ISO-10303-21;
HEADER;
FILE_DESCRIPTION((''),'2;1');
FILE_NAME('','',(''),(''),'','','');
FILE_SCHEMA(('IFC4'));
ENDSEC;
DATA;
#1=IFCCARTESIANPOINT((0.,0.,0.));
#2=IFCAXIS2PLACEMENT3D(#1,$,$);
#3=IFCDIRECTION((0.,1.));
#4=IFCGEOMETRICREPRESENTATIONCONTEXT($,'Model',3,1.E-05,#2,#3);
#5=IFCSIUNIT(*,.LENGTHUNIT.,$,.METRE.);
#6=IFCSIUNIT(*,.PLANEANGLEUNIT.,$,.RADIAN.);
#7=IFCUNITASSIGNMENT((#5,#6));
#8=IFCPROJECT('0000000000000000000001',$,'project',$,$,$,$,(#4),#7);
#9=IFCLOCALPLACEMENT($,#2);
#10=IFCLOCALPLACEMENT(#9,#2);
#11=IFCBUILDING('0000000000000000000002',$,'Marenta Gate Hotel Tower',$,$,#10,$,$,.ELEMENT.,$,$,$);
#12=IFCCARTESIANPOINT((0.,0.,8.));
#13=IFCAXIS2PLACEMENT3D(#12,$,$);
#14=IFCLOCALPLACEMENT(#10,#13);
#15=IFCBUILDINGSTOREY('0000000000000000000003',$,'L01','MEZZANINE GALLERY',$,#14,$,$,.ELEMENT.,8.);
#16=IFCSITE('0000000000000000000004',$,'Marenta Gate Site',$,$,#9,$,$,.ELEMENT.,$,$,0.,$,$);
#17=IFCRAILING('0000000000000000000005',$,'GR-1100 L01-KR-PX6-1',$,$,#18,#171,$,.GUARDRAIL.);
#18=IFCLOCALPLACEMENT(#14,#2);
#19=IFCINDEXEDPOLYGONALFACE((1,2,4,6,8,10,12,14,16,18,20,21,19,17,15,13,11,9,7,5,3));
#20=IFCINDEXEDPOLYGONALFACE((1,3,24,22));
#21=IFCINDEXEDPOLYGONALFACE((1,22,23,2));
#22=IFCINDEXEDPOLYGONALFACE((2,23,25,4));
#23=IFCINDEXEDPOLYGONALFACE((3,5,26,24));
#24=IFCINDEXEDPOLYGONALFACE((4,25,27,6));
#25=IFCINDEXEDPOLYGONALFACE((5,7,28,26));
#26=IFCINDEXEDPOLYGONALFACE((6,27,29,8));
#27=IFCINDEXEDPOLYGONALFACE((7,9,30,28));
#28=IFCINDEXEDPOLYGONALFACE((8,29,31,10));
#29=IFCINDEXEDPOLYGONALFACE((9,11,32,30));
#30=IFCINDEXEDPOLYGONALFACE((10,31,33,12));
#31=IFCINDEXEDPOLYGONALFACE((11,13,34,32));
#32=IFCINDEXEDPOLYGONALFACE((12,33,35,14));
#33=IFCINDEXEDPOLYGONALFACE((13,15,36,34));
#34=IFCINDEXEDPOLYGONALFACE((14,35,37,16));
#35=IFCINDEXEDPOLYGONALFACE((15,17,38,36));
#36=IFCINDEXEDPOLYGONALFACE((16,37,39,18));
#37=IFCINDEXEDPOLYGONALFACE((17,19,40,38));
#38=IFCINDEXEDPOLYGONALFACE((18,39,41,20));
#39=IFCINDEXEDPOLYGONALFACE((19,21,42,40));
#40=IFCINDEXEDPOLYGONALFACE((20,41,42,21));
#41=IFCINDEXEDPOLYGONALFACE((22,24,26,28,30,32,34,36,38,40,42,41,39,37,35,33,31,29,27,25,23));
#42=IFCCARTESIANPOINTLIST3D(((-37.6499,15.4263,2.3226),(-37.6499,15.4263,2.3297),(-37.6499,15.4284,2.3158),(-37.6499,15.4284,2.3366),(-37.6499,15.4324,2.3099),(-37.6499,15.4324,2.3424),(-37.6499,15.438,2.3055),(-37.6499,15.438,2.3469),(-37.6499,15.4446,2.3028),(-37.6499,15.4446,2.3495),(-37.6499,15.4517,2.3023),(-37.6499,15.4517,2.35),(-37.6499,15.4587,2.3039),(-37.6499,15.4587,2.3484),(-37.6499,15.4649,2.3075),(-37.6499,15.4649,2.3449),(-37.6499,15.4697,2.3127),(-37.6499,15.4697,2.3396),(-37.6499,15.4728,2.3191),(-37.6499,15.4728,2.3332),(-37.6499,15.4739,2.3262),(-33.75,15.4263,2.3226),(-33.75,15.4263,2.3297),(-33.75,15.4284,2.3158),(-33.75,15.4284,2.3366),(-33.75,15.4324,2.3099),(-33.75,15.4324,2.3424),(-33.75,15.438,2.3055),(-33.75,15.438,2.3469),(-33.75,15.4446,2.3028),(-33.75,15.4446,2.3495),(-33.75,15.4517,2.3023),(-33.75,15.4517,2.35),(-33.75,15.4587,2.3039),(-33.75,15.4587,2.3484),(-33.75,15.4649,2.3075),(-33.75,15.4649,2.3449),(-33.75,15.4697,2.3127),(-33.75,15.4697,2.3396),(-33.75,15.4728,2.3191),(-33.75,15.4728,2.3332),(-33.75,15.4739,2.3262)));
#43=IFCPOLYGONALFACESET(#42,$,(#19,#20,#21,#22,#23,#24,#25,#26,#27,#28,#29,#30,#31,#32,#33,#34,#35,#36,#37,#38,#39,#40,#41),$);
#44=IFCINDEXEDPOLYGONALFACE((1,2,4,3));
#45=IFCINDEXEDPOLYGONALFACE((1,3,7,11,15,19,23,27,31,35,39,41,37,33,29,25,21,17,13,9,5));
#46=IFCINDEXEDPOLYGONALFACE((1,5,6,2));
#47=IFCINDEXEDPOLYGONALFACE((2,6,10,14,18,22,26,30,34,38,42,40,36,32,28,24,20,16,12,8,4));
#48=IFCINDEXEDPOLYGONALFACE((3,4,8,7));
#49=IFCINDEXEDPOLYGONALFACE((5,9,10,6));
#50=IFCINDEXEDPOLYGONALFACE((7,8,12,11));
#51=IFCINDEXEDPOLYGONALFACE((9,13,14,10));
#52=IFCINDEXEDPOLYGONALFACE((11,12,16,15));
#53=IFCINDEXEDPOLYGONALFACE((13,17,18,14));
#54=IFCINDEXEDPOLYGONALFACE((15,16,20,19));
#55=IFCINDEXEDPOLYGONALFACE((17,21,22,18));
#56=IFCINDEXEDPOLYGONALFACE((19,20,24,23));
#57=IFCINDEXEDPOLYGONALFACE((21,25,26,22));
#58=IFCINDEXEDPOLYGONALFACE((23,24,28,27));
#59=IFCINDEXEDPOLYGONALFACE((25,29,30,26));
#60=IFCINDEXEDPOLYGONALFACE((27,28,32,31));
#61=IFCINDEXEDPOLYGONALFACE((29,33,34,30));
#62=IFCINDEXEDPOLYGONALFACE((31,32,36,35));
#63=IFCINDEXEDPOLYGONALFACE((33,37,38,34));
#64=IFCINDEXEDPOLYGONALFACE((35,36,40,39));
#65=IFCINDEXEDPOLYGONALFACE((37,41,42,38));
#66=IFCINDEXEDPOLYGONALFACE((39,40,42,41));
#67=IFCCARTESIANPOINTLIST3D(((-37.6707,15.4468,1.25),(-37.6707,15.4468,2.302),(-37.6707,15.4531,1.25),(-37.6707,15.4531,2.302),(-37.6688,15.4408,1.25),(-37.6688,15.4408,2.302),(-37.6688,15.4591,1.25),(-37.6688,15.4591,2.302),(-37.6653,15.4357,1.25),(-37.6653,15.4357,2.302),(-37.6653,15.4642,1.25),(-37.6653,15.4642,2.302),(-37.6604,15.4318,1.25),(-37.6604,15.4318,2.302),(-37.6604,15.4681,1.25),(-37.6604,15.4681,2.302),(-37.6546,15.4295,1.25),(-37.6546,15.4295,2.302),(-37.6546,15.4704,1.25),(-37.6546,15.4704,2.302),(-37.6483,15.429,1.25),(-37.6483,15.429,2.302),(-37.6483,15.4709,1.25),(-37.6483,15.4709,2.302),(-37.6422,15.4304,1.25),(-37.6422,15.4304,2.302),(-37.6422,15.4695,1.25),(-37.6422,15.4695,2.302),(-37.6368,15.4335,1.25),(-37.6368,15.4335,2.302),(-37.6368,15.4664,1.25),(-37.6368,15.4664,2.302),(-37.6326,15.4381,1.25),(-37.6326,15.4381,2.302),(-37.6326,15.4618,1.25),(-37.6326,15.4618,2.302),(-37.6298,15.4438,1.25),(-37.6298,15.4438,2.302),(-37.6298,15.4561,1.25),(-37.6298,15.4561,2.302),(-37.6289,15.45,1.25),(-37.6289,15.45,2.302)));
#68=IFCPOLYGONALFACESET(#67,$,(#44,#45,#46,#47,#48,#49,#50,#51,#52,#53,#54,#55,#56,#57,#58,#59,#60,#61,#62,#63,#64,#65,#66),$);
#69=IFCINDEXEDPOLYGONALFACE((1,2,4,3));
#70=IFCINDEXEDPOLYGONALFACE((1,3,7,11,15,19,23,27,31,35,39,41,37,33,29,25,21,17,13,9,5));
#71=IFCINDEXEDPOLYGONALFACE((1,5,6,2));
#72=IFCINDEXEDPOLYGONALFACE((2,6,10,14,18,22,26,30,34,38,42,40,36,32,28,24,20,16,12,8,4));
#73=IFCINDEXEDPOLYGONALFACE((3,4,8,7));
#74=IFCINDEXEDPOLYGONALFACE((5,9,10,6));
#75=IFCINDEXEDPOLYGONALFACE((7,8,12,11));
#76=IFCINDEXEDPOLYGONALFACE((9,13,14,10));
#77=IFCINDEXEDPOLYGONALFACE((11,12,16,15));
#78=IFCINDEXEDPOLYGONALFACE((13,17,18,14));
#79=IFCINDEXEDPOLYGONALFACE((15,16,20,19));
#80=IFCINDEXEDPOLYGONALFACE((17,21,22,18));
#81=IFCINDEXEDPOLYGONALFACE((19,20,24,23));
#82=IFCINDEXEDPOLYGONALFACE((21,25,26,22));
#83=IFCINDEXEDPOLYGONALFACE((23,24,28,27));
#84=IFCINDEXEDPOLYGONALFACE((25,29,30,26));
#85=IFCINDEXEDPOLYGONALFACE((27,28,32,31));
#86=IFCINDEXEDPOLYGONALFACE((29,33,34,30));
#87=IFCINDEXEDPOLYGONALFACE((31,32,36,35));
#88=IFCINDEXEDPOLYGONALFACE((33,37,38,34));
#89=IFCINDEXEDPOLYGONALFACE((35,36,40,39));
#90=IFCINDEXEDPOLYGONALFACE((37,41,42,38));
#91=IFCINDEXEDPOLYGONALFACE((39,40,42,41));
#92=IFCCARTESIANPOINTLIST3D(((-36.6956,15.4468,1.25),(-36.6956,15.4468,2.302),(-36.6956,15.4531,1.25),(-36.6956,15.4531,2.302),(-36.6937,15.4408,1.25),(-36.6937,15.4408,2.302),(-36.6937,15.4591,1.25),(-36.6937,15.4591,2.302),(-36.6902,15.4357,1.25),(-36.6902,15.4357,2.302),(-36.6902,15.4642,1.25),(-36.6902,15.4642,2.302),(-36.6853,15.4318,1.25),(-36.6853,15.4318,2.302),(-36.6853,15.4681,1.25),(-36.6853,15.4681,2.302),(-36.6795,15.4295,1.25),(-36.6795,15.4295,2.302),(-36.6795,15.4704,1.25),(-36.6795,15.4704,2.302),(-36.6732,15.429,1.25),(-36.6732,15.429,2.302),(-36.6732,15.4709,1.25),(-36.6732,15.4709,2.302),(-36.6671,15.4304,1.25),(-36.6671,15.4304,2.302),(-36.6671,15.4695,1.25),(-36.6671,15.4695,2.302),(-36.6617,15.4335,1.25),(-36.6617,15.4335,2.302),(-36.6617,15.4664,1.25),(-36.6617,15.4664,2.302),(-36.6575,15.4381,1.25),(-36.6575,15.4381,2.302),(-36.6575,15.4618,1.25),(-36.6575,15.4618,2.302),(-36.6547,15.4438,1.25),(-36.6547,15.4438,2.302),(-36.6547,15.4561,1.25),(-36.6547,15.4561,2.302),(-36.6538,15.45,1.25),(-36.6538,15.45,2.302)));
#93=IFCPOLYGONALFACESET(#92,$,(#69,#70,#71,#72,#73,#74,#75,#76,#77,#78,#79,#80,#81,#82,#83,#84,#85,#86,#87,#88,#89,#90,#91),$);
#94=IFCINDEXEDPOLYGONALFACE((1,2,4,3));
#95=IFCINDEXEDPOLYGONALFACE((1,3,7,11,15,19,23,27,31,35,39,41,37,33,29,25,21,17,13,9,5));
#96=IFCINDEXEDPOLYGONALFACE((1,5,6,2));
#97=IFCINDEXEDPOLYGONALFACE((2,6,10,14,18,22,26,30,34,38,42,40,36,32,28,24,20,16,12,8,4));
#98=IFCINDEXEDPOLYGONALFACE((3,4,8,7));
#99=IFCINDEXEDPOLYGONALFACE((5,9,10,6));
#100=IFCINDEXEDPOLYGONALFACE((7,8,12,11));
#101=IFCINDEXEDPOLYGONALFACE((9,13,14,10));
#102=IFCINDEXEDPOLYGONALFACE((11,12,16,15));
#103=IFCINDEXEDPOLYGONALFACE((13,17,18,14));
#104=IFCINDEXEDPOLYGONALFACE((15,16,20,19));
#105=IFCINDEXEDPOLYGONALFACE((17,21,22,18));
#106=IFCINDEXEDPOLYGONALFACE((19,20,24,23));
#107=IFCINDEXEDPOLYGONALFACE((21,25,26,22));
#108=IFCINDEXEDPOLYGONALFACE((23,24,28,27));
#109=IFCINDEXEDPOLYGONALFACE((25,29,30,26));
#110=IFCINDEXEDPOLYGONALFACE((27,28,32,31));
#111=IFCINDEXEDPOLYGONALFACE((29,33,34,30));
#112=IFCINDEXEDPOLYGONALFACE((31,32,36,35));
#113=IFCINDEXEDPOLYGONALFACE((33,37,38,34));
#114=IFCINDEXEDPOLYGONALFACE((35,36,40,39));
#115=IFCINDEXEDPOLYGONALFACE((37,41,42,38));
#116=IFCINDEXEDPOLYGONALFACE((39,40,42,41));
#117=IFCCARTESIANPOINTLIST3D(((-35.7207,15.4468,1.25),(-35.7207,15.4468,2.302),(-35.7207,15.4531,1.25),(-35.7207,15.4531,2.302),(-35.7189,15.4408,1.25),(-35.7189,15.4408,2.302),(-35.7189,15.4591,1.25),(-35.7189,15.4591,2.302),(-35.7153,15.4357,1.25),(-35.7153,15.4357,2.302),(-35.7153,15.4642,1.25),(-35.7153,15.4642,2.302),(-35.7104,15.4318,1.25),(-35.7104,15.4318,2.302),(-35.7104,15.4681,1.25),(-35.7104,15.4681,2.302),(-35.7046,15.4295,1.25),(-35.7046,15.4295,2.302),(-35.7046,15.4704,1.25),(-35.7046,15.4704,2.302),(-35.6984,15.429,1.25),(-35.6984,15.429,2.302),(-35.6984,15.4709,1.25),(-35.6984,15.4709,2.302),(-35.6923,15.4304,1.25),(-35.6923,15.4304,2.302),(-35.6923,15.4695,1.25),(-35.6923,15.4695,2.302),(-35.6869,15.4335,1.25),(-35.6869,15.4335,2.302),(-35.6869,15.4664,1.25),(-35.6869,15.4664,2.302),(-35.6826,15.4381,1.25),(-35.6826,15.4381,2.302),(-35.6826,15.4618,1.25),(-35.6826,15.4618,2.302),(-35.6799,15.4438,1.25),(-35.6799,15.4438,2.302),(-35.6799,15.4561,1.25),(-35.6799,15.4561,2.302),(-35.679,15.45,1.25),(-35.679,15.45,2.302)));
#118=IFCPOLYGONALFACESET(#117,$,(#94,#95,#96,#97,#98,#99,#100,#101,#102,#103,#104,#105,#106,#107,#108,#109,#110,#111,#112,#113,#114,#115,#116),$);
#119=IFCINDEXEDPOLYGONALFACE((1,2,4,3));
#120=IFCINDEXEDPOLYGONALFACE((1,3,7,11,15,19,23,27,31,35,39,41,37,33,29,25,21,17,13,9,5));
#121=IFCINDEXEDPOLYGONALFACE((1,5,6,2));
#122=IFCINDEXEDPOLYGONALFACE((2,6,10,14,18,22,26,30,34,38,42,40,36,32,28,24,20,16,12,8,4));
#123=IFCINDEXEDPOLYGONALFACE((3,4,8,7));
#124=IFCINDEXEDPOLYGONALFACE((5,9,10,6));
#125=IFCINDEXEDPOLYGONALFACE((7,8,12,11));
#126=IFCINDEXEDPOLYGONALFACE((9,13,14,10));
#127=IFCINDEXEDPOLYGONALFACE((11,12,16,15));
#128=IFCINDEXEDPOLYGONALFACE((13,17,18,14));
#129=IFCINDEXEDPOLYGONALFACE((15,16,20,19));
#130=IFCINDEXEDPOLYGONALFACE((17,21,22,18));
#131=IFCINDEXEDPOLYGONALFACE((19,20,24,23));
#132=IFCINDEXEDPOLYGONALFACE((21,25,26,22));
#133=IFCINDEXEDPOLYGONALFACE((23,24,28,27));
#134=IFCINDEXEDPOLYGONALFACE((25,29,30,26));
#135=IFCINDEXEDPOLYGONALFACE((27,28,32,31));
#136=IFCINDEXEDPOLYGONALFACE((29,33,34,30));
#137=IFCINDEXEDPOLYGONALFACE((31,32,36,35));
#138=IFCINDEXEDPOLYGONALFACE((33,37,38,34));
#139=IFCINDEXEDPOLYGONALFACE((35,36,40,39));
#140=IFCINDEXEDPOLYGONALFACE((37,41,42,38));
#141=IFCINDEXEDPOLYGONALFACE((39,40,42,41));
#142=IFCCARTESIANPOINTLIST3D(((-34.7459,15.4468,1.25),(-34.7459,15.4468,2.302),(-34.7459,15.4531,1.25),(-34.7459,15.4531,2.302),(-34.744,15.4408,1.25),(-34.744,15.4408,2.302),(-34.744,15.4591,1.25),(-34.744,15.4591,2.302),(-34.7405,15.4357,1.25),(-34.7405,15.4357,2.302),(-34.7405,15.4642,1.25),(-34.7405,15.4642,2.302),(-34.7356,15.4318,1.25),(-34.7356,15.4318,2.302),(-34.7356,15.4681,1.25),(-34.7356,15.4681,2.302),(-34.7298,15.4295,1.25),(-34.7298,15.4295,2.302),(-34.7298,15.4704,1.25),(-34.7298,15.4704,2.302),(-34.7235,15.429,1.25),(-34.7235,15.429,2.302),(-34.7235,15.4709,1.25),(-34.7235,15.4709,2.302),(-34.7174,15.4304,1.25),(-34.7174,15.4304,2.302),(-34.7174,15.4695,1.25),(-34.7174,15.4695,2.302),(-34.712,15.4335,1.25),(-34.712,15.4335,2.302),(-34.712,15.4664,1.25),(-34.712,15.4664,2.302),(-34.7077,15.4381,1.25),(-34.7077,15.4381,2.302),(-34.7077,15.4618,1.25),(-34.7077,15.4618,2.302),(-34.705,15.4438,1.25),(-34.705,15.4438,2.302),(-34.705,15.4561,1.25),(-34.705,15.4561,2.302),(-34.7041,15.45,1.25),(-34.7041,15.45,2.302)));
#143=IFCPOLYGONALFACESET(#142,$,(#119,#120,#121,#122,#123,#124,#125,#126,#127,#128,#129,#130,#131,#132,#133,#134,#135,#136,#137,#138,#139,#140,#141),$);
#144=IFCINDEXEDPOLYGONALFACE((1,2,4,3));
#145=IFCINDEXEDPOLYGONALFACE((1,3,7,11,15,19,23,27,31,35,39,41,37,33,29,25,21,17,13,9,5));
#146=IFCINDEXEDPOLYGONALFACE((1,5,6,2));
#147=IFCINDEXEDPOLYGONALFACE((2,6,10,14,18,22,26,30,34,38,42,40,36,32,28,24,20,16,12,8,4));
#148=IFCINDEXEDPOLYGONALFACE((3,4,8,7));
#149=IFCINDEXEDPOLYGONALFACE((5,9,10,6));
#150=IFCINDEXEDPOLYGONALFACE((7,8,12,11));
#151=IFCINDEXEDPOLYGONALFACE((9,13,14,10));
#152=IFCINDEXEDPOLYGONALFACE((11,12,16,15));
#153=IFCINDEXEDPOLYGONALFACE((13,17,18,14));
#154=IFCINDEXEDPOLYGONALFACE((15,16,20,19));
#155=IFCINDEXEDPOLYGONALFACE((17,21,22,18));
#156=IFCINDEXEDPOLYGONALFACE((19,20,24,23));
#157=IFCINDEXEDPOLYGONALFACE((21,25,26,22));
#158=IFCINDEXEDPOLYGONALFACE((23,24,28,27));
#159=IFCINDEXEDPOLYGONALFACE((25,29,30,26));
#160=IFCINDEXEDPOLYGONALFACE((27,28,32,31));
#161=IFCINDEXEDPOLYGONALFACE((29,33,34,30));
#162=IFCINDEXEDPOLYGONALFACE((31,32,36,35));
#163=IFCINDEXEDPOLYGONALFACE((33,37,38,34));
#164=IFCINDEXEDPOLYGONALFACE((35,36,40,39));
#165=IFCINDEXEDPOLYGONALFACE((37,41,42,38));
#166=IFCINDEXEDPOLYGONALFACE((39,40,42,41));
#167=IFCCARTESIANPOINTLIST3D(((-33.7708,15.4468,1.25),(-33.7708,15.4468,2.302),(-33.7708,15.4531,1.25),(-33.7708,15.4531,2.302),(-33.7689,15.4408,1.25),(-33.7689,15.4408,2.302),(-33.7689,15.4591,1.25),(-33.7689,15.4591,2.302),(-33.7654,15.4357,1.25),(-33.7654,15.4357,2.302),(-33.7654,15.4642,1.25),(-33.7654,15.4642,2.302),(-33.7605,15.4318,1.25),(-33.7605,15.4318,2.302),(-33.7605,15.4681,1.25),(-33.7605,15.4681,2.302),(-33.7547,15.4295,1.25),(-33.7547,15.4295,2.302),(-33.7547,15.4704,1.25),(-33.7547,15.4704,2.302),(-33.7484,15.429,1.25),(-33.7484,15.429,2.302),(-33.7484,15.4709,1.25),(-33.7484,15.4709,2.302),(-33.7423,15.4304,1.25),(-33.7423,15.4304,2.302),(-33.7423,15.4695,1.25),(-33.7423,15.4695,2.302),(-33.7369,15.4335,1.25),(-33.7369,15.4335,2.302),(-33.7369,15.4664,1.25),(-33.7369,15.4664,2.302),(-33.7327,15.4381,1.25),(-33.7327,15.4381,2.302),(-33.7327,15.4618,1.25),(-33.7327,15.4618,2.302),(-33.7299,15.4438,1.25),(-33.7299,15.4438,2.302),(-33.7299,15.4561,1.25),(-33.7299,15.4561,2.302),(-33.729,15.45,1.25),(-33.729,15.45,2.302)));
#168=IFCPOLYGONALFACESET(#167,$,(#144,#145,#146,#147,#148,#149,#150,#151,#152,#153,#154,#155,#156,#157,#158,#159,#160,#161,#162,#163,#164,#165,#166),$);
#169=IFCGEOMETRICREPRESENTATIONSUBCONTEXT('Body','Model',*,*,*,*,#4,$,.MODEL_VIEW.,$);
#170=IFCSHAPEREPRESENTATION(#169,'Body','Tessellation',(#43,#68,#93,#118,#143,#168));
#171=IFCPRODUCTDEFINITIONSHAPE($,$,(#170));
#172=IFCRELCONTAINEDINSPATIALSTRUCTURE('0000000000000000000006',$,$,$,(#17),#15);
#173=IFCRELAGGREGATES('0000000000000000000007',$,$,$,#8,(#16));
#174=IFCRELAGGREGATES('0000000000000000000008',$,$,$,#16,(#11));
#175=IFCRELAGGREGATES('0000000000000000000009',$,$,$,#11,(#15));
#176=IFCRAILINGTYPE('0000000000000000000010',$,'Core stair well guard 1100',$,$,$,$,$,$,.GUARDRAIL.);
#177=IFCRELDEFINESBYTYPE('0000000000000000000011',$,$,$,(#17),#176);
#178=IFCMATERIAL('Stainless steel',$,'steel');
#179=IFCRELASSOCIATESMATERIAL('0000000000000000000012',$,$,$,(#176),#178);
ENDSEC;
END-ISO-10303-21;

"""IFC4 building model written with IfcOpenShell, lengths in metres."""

from ifc_helpers import new_model, si_unit, direction, frame, origin, origin_2d, place, context, subcontext, project, spatial, circle, extrude, material, type_object, element, save


model = new_model("IFC4")

# Units and contexts
model_context = context("Model", 3, precision=1e-05, world=origin(), true_north=direction((0.0, 1.0)))
body_context = subcontext(model_context, "Body", "Model", "MODEL_VIEW")
ifc_project = project(units=[si_unit("LENGTHUNIT", "METRE"), si_unit("PLANEANGLEUNIT", "RADIAN")], contexts=[model_context])

# Site, building, storey
site_placement = place(None, origin())
site = spatial("IfcSite", under=ifc_project, at=site_placement, Name="Marenta Gate Site", CompositionType="ELEMENT", RefElevation=0.0)
building_placement = place(site_placement, origin())
building = spatial("IfcBuilding", under=site, at=building_placement, Name="Marenta Gate Hotel Tower", CompositionType="ELEMENT")
storey_placement = place(building_placement, frame((0.0, 0.0, 8.0)))
storey = spatial("IfcBuildingStorey", under=building, at=storey_placement, Name="L01", Description="MEZZANINE GALLERY", CompositionType="ELEMENT", Elevation=8.0)

# Railing
ifc_material_1 = material(Name="Stainless steel", Category="steel")
railing_type_1 = type_object("IfcRailingType", Name="Core stair well guard 1100", PredefinedType="GUARDRAIL", material=ifc_material_1)
for number, where, name in (
    (1, (-37.6499, 15.45, 1.25), "GR-1100 L01-KR-PX6-1"),
):
    element("IfcRailing", number, at=place(storey_placement, frame(where)), inside=storey, type_object=railing_type_1, Name=name, PredefinedType="GUARDRAIL", context=body_context, shape_type="SweptSolid", body=[
        extrude(circle(Radius=0.0239, at=origin_2d()), frame((0.0, 0.0, 1.0762), z_axis=(1.0, 0.0, 0.0), x_axis=(0.0, 1.0, 0.0)), (0.0, 0.0, 1.0), 3.8999),
        extrude(circle(Radius=0.021, at=origin_2d()), origin(), (0.0, 0.0, 1.0), 1.052),
        extrude(circle(Radius=0.021, at=origin_2d()), frame((0.9751, 0.0, 0.0)), (0.0, 0.0, 1.0), 1.052),
        extrude(circle(Radius=0.021, at=origin_2d()), frame((1.95, 0.0, 0.0)), (0.0, 0.0, 1.0), 1.052),
        extrude(circle(Radius=0.021, at=origin_2d()), frame((2.9248, 0.0, 0.0)), (0.0, 0.0, 1.0), 1.052),
        extrude(circle(Radius=0.021, at=origin_2d()), frame((3.8999, 0.0, 0.0)), (0.0, 0.0, 1.0), 1.052),
    ])

save(model, "model.ifc")
